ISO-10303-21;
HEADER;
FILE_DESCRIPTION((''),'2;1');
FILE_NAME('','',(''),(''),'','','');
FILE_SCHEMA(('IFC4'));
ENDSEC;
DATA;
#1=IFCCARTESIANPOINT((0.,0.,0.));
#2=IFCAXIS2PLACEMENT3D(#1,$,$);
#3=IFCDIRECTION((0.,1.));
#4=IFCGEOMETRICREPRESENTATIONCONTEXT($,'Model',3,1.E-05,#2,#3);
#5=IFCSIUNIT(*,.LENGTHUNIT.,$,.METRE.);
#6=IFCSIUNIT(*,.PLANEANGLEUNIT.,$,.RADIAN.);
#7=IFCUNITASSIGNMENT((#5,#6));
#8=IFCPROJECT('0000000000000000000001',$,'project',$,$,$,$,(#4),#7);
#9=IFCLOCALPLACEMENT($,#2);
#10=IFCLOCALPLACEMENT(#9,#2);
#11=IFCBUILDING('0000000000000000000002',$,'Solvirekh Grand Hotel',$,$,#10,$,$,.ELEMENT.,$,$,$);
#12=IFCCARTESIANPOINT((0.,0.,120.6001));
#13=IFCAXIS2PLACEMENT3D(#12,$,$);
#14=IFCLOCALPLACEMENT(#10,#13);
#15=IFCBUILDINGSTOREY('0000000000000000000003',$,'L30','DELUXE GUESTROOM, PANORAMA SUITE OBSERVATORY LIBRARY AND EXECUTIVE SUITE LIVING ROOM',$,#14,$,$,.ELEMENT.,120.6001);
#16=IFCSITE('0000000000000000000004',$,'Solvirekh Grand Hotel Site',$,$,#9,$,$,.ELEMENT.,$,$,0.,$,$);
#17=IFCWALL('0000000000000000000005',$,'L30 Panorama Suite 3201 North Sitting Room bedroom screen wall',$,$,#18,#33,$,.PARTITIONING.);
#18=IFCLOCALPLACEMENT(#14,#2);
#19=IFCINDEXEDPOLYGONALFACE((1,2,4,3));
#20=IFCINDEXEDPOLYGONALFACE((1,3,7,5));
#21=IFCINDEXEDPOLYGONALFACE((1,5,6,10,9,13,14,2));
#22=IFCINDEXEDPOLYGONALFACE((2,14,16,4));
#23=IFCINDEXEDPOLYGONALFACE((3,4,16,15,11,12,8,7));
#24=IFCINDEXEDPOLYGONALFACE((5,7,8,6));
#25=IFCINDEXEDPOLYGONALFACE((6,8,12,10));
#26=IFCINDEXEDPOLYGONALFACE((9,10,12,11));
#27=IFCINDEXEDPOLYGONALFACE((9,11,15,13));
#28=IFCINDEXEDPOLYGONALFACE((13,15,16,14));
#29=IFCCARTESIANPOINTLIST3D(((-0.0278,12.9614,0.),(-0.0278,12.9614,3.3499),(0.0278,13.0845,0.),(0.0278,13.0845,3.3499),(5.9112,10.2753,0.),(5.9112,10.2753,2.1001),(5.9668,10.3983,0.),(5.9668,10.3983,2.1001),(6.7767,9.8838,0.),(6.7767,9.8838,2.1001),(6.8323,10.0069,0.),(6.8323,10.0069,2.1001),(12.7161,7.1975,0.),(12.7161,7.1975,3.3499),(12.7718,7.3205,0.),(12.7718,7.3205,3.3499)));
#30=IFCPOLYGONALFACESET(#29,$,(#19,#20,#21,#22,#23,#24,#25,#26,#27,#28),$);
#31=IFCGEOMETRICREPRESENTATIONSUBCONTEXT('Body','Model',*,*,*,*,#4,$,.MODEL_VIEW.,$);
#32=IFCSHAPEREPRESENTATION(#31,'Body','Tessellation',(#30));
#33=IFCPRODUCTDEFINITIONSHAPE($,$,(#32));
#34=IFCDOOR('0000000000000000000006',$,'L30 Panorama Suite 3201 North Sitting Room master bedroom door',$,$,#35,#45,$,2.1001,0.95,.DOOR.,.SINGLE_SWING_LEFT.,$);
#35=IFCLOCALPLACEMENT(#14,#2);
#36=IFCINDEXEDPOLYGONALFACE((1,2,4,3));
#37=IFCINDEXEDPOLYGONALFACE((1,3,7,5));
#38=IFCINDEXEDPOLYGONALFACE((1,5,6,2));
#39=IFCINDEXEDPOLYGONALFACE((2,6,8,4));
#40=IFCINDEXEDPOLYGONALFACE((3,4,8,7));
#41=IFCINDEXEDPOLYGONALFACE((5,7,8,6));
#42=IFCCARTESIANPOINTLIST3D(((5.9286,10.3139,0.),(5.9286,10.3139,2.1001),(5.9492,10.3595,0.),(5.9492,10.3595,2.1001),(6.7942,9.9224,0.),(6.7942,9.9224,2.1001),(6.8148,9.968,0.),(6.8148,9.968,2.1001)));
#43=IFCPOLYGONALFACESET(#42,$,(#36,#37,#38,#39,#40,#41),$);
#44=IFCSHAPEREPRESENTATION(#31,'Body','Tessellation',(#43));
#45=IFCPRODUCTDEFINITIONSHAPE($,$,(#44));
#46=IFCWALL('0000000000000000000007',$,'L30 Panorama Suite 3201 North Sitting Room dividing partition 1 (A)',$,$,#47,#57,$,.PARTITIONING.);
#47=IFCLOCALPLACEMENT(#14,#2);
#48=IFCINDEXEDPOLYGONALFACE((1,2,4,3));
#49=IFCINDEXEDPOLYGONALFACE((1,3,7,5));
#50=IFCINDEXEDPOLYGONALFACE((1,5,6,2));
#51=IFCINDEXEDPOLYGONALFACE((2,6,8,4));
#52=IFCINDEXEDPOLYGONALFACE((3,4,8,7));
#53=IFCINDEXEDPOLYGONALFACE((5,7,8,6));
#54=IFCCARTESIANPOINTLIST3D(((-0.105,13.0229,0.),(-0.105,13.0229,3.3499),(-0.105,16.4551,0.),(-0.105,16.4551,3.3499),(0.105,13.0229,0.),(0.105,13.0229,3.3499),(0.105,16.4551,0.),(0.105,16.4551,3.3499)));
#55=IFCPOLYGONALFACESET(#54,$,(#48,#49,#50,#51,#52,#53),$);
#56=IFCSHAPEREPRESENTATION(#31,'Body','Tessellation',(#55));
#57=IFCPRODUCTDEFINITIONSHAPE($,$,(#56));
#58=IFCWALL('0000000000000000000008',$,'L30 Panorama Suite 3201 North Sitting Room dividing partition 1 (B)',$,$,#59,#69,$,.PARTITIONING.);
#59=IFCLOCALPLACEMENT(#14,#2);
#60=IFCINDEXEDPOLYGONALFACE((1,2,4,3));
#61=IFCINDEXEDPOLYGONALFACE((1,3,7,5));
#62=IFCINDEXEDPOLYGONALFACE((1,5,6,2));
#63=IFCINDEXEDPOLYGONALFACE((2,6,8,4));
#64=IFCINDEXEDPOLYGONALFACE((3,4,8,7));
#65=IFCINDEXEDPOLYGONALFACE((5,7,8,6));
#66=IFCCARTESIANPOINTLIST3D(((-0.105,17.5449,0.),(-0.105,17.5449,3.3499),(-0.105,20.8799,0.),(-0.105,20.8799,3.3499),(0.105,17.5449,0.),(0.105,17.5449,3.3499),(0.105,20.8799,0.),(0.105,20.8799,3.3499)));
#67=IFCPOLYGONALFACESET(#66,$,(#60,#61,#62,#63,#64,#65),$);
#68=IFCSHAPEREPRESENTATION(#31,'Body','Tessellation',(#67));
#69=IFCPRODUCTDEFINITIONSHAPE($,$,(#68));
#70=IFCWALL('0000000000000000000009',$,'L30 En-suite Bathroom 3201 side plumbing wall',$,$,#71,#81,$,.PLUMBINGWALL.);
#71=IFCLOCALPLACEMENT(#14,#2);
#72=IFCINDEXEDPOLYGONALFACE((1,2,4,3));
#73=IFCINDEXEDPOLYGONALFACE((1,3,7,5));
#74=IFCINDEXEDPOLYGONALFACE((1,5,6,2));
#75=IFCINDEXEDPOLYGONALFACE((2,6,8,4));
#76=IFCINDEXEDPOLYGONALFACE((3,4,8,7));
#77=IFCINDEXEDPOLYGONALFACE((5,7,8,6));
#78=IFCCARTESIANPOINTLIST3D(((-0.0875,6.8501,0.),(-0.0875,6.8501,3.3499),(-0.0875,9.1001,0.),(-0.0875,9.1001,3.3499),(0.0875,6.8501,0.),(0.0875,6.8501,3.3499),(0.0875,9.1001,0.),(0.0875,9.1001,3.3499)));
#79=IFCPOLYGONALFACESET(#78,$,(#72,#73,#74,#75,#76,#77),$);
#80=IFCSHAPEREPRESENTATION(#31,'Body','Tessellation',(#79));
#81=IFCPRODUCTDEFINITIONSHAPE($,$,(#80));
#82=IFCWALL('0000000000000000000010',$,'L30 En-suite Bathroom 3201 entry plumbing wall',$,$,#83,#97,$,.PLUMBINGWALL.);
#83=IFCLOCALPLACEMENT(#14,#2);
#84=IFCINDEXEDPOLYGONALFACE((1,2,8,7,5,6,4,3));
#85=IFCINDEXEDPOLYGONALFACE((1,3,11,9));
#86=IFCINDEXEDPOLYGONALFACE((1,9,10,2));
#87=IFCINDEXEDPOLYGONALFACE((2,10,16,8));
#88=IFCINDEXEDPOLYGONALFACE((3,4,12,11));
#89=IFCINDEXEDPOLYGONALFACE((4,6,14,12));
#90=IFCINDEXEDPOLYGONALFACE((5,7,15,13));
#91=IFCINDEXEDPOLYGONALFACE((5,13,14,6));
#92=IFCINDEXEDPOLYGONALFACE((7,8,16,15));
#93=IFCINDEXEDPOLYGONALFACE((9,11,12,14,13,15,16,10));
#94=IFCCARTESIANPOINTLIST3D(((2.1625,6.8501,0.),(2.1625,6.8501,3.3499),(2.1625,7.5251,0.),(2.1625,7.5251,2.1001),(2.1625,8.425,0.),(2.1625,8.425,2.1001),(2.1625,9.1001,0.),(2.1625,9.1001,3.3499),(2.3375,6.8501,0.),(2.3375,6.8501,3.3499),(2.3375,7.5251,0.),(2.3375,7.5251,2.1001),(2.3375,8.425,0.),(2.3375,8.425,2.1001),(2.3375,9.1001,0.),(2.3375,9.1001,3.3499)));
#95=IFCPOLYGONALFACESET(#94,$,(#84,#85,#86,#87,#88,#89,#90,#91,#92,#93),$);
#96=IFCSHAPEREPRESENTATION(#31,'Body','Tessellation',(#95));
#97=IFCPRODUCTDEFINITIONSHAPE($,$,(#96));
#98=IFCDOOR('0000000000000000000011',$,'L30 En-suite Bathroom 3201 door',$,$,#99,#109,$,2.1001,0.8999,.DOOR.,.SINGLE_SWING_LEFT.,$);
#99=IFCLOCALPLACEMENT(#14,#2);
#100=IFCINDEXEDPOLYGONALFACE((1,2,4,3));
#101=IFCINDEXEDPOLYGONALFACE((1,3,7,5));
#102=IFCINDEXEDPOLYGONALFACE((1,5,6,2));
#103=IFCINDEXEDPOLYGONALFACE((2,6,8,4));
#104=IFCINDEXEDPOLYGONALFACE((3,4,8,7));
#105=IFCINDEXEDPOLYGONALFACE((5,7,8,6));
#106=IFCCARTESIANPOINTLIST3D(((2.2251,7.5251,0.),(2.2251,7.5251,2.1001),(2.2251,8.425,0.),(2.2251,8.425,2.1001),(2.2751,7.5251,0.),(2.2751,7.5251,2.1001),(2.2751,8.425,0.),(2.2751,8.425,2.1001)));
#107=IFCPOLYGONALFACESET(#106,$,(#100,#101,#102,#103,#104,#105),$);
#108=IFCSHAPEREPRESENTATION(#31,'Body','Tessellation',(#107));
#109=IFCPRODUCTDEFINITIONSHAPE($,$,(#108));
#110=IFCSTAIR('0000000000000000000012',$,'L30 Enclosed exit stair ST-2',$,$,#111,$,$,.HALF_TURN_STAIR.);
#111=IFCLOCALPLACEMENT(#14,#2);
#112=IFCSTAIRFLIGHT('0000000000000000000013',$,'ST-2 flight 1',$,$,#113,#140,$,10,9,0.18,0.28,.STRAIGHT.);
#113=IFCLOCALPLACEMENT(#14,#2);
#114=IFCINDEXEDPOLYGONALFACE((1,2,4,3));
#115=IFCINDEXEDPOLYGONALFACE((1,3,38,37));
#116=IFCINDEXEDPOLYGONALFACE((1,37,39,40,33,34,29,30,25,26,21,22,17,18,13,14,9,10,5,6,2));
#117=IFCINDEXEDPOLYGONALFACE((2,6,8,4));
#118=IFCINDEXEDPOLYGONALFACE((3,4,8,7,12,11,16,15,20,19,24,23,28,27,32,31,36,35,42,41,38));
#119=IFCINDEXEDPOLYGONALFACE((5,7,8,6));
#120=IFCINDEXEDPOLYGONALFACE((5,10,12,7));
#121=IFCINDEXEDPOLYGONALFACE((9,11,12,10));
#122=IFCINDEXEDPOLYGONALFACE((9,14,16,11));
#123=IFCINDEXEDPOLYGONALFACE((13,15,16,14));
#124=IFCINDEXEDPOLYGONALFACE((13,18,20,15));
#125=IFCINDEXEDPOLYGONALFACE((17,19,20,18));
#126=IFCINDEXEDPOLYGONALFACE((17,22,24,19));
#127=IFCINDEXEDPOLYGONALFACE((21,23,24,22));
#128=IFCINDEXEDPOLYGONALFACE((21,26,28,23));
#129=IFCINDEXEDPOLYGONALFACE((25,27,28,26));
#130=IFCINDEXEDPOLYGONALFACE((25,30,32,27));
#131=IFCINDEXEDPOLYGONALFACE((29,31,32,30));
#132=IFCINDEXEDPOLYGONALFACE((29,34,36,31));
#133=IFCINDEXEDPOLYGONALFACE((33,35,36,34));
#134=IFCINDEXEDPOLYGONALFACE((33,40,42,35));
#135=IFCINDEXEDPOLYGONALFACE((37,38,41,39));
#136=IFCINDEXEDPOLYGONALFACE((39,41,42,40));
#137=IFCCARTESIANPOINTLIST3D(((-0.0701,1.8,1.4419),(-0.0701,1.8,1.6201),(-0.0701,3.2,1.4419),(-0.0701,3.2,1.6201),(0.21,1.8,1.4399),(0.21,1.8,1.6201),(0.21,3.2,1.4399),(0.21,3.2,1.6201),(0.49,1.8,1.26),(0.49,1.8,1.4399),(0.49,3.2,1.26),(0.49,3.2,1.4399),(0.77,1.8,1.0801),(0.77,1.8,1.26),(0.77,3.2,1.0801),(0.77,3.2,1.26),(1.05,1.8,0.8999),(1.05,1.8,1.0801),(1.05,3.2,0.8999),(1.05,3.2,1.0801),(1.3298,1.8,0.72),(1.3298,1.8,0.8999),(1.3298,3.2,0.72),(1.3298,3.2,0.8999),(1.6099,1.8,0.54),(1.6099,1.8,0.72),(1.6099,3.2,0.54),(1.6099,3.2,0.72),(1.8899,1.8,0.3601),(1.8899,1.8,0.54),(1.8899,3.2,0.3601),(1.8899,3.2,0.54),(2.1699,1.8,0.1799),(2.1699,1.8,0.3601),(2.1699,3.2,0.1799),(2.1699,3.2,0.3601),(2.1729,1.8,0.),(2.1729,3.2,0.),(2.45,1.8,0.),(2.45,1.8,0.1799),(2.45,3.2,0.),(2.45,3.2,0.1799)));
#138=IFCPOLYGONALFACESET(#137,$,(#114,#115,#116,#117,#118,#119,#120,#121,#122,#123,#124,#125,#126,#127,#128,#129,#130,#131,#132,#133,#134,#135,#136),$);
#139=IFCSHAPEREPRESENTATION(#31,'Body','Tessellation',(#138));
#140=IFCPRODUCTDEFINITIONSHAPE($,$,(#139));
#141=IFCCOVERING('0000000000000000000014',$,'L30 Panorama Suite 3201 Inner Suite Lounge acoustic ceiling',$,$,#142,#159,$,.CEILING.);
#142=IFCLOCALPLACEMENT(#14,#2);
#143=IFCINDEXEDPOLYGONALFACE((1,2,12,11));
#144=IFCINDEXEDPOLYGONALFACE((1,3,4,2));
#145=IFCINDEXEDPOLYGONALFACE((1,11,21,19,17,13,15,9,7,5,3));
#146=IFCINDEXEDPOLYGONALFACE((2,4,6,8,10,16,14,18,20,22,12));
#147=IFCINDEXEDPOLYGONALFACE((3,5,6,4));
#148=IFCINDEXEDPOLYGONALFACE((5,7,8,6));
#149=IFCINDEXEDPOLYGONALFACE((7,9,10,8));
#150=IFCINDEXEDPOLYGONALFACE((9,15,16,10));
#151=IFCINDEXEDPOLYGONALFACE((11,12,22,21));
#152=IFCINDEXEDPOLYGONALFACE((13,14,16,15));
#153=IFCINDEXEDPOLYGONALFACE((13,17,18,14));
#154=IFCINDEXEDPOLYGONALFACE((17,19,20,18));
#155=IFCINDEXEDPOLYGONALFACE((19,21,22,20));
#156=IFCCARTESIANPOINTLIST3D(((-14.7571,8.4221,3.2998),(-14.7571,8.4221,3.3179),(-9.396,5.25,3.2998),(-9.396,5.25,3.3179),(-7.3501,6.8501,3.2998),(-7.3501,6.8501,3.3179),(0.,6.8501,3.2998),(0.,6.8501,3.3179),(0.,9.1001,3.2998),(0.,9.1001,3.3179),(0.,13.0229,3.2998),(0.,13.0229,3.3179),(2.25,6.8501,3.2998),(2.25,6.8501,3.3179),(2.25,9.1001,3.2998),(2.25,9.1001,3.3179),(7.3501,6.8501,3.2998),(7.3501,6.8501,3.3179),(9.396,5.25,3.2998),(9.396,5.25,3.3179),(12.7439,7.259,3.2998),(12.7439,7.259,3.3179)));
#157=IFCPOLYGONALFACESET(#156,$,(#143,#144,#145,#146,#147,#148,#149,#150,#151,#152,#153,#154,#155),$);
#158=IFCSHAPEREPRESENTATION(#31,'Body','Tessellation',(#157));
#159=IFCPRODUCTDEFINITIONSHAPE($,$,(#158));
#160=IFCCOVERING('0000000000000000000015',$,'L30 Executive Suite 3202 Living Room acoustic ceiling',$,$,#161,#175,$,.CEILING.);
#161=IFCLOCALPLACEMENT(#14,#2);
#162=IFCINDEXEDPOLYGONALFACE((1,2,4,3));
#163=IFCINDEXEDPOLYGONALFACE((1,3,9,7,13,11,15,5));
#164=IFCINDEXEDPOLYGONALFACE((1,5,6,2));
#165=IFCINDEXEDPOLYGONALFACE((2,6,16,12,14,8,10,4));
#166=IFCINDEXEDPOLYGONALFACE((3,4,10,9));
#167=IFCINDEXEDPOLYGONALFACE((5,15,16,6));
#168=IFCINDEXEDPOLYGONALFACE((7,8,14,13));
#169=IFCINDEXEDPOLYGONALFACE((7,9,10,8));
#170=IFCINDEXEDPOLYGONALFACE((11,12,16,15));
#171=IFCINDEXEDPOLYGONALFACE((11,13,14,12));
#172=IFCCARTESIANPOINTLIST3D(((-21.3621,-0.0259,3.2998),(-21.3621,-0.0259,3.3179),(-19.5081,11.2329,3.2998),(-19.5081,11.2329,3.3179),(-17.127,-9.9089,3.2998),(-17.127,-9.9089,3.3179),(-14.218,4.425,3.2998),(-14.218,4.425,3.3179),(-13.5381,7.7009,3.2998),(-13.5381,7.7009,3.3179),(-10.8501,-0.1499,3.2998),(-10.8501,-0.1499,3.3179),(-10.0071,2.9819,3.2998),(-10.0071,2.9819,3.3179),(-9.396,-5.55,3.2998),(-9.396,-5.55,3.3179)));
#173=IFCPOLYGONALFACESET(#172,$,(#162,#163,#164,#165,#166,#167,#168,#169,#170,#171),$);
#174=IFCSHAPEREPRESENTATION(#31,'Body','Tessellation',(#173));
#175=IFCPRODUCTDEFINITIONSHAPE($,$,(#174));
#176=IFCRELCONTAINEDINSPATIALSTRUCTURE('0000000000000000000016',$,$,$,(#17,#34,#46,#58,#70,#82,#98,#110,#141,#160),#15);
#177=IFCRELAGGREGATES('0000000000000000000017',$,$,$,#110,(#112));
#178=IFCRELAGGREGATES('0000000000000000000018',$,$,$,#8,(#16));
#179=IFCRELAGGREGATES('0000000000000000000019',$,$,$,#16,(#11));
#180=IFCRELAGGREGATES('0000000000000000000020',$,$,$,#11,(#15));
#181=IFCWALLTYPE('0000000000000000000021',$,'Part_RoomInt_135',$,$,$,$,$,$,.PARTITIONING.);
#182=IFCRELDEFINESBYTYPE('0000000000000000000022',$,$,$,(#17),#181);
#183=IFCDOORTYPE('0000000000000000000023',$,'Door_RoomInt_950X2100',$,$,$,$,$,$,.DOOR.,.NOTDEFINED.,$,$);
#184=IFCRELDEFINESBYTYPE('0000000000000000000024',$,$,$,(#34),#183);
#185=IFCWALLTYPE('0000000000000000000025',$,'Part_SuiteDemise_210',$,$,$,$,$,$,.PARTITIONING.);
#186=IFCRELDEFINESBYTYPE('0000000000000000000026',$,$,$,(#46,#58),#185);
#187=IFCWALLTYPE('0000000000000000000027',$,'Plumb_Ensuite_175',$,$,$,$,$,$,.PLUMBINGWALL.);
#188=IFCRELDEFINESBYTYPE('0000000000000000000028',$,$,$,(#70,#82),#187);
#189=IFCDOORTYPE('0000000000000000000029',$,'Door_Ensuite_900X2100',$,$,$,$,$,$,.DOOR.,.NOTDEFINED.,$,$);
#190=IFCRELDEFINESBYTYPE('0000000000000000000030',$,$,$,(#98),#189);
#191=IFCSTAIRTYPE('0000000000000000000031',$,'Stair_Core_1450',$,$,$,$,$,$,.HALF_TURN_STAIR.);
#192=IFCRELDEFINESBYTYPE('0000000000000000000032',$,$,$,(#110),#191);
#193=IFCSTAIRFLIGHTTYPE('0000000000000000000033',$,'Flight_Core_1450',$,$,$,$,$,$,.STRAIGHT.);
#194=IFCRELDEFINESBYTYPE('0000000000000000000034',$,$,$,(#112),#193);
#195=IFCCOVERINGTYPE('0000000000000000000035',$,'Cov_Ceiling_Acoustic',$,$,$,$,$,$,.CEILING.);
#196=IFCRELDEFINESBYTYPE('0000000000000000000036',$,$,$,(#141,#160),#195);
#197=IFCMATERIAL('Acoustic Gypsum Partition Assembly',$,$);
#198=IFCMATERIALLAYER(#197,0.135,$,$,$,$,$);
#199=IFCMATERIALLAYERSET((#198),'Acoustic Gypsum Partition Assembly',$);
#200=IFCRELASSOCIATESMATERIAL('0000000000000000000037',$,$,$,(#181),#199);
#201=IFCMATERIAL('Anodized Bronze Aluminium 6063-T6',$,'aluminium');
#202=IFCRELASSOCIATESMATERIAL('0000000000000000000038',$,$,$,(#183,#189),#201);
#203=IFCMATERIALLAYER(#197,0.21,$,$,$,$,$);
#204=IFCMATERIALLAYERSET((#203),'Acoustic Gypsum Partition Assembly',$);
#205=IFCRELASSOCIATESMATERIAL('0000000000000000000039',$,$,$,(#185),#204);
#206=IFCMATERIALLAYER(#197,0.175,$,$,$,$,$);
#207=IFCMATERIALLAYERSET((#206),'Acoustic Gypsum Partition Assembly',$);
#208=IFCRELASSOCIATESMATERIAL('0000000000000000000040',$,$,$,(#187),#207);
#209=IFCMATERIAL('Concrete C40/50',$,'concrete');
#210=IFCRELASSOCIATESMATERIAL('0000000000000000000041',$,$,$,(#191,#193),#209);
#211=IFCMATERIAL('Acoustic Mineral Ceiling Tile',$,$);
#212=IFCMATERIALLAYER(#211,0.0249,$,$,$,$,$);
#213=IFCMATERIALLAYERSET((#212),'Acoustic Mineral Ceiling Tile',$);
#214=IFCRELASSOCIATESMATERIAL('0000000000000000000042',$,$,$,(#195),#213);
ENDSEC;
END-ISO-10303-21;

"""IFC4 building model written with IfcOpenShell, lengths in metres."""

from ifc_helpers import new_model, si_unit, direction, frame, frame_2d, origin, place, context, subcontext, project, spatial, polyline, rectangle, outline, extrude, material, layer, layer_set, type_object, element, fill, aggregate, save


model = new_model("IFC4")

# Units and contexts
model_context = context("Model", 3, precision=1e-05, world=origin(), true_north=direction((0.0, 1.0)))
body_context = subcontext(model_context, "Body", "Model", "MODEL_VIEW")
ifc_project = project(units=[si_unit("LENGTHUNIT", "METRE"), si_unit("PLANEANGLEUNIT", "RADIAN")], contexts=[model_context])

# Site, building, storey
site_placement = place(None, origin())
site = spatial("IfcSite", under=ifc_project, at=site_placement, Name="Solvirekh Grand Hotel Site", CompositionType="ELEMENT", RefElevation=0.0)
building_placement = place(site_placement, origin())
building = spatial("IfcBuilding", under=site, at=building_placement, Name="Solvirekh Grand Hotel", CompositionType="ELEMENT")
storey_placement = place(building_placement, frame((0.0, 0.0, 120.6001)))
storey = spatial("IfcBuildingStorey", under=building, at=storey_placement, Name="L30", Description="DELUXE GUESTROOM, PANORAMA SUITE OBSERVATORY LIBRARY AND EXECUTIVE SUITE LIVING ROOM", CompositionType="ELEMENT", Elevation=120.6001)

# Shared definitions
ifc_material_1 = material(Name="Concrete C40/50", Category="concrete")

# Shared definitions
ifc_material_2 = material(Name="Acoustic Gypsum Partition Assembly")

# Wall, opening, door
ifc_layer_1 = layer(ifc_material_2, 0.135)
ifc_layer_set_1 = layer_set([ifc_layer_1], Name="Acoustic Gypsum Partition Assembly")
wall_type_1 = type_object("IfcWallType", Name="Part_RoomInt_135", PredefinedType="PARTITIONING", material=ifc_layer_set_1)
wall_1_placement = place(storey_placement, frame((0.0, 13.0229, 0.0), z_axis=(0.0, 0.0, 1.0), x_axis=(0.91114, -0.412098, 0.0)))
wall_1 = element("IfcWall", 1, at=wall_1_placement, inside=storey, type_object=wall_type_1, Name="L30 Panorama Suite 3201 North Sitting Room bedroom screen wall", PredefinedType="PARTITIONING", context=body_context, shape_type="SweptSolid", body=[
    extrude(rectangle(XDim=13.9868, YDim=0.135, at=frame_2d((6.9934, 0.0))), origin(), (0.0, 0.0, 1.0), 3.3499),
])
opening_1_placement = place(wall_1_placement, frame((6.5181, 0.0, 0.0)))
opening_1 = element("IfcOpeningElement", 2, at=opening_1_placement, cuts=wall_1, PredefinedType="OPENING", context=body_context, shape_type="SweptSolid", body=[
    extrude(rectangle(XDim=0.95, YDim=2.1001, at=frame_2d((0.4751, 1.05))), frame((0.0, 0.0776, 0.0), z_axis=(0.0, -1.0, 0.0), x_axis=(1.0, 0.0, 0.0)), (0.0, 0.0, 1.0), 0.155),
])
ifc_material_3 = material(Name="Anodized Bronze Aluminium 6063-T6", Category="aluminium")
door_type_1 = type_object("IfcDoorType", Name="Door_RoomInt_950X2100", OperationType="NOTDEFINED", PredefinedType="DOOR", material=ifc_material_3)
door_1_placement = place(opening_1_placement, origin())
door_1 = element("IfcDoor", 3, at=door_1_placement, inside=storey, type_object=door_type_1, Name="L30 Panorama Suite 3201 North Sitting Room master bedroom door", OperationType="SINGLE_SWING_LEFT", OverallHeight=2.1001, OverallWidth=0.95, PredefinedType="DOOR", context=body_context, shape_type="SweptSolid", body=[
    extrude(rectangle(XDim=0.95, YDim=2.1001, at=frame_2d((0.4751, 1.05))), frame((0.0, 0.0249, 0.0), z_axis=(0.0, -1.0, 0.0), x_axis=(1.0, 0.0, 0.0)), (0.0, 0.0, 1.0), 0.05),
])
fill(opening_1, door_1)

# Walls
ifc_layer_2 = layer(ifc_material_2, 0.21)
ifc_layer_set_2 = layer_set([ifc_layer_2], Name="Acoustic Gypsum Partition Assembly")
wall_type_2 = type_object("IfcWallType", Name="Part_SuiteDemise_210", PredefinedType="PARTITIONING", material=ifc_layer_set_2)
wall_2_placement = place(storey_placement, frame((0.0, 13.0229, 0.0), z_axis=(0.0, 0.0, 1.0), x_axis=(0.0, 1.0, 0.0)))
element("IfcWall", 4, at=wall_2_placement, inside=storey, type_object=wall_type_2, Name="L30 Panorama Suite 3201 North Sitting Room dividing partition 1 (A)", PredefinedType="PARTITIONING", context=body_context, shape_type="SweptSolid", body=[
    extrude(rectangle(XDim=3.4321, YDim=0.21, at=frame_2d((1.7161, 0.0))), origin(), (0.0, 0.0, 1.0), 3.3499),
])
wall_3_placement = place(storey_placement, frame((0.0, 17.5449, 0.0), z_axis=(0.0, 0.0, 1.0), x_axis=(0.0, 1.0, 0.0)))
element("IfcWall", 5, at=wall_3_placement, inside=storey, type_object=wall_type_2, Name="L30 Panorama Suite 3201 North Sitting Room dividing partition 1 (B)", PredefinedType="PARTITIONING", context=body_context, shape_type="SweptSolid", body=[
    extrude(rectangle(XDim=3.335, YDim=0.21, at=frame_2d((1.6675, 0.0))), origin(), (0.0, 0.0, 1.0), 3.3499),
])
ifc_layer_3 = layer(ifc_material_2, 0.175)
ifc_layer_set_3 = layer_set([ifc_layer_3], Name="Acoustic Gypsum Partition Assembly")
wall_type_3 = type_object("IfcWallType", Name="Plumb_Ensuite_175", PredefinedType="PLUMBINGWALL", material=ifc_layer_set_3)
wall_4_placement = place(storey_placement, frame((0.0, 9.1001, 0.0), z_axis=(0.0, 0.0, 1.0), x_axis=(0.0, -1.0, 0.0)))
element("IfcWall", 6, at=wall_4_placement, inside=storey, type_object=wall_type_3, Name="L30 En-suite Bathroom 3201 side plumbing wall", PredefinedType="PLUMBINGWALL", context=body_context, shape_type="SweptSolid", body=[
    extrude(rectangle(XDim=2.25, YDim=0.175, at=frame_2d((1.125, 0.0))), origin(), (0.0, 0.0, 1.0), 3.3499),
])

# Wall, opening, door
wall_5_placement = place(storey_placement, frame((2.25, 6.8501, 0.0), z_axis=(0.0, 0.0, 1.0), x_axis=(0.0, 1.0, 0.0)))
wall_5 = element("IfcWall", 7, at=wall_5_placement, inside=storey, type_object=wall_type_3, Name="L30 En-suite Bathroom 3201 entry plumbing wall", PredefinedType="PLUMBINGWALL", context=body_context, shape_type="SweptSolid", body=[
    extrude(rectangle(XDim=2.25, YDim=0.175, at=frame_2d((1.125, 0.0))), origin(), (0.0, 0.0, 1.0), 3.3499),
])
opening_2_placement = place(wall_5_placement, frame((0.675, 0.0, 0.0)))
opening_2 = element("IfcOpeningElement", 8, at=opening_2_placement, cuts=wall_5, PredefinedType="OPENING", context=body_context, shape_type="SweptSolid", body=[
    extrude(rectangle(XDim=0.8999, YDim=2.1001, at=frame_2d((0.45, 1.05))), frame((0.0, 0.0977, 0.0), z_axis=(0.0, -1.0, 0.0), x_axis=(1.0, 0.0, 0.0)), (0.0, 0.0, 1.0), 0.1951),
])
door_type_2 = type_object("IfcDoorType", Name="Door_Ensuite_900X2100", OperationType="NOTDEFINED", PredefinedType="DOOR", material=ifc_material_3)
door_2_placement = place(opening_2_placement, origin())
door_2 = element("IfcDoor", 9, at=door_2_placement, inside=storey, type_object=door_type_2, Name="L30 En-suite Bathroom 3201 door", OperationType="SINGLE_SWING_LEFT", OverallHeight=2.1001, OverallWidth=0.8999, PredefinedType="DOOR", context=body_context, shape_type="SweptSolid", body=[
    extrude(rectangle(XDim=0.8999, YDim=2.1001, at=frame_2d((0.45, 1.05))), frame((0.0, 0.0249, 0.0), z_axis=(0.0, -1.0, 0.0), x_axis=(1.0, 0.0, 0.0)), (0.0, 0.0, 1.0), 0.05),
])
fill(opening_2, door_2)

# Stair, stair flight
stair_type = type_object("IfcStairType", Name="Stair_Core_1450", PredefinedType="HALF_TURN_STAIR", material=ifc_material_1)
stair_placement = place(storey_placement, origin())
stair = element("IfcStair", 10, at=stair_placement, inside=storey, type_object=stair_type, Name="L30 Enclosed exit stair ST-2", PredefinedType="HALF_TURN_STAIR")
stair_flight_type = type_object("IfcStairFlightType", Name="Flight_Core_1450", PredefinedType="STRAIGHT", material=ifc_material_1)
stair_flight_placement = place(storey_placement, frame((2.45, 2.5, 0.0), z_axis=(0.0, 0.0, 1.0), x_axis=(-1.0, 0.0, 0.0)))
stair_flight = element("IfcStairFlight", 11, at=stair_flight_placement, type_object=stair_flight_type, Name="ST-2 flight 1", NumberOfRisers=10, NumberOfTreads=9, PredefinedType="STRAIGHT", RiserHeight=0.18, TreadLength=0.28, context=body_context, shape_type="SweptSolid", body=[
    extrude(outline(polyline([(0.0, 0.0), (0.0, 0.1799), (0.28, 0.1799), (0.28, 0.3601), (0.5601, 0.3601), (0.5601, 0.54), (0.8401, 0.54), (0.8401, 0.72), (1.1201, 0.72), (1.1201, 0.8999), (1.3999, 0.8999), (1.3999, 1.0801), (1.6799, 1.0801), (1.6799, 1.26), (1.96, 1.26), (1.96, 1.4399), (2.24, 1.4399), (2.24, 1.6201), (2.52, 1.6201), (2.52, 1.8), (2.52, 1.4419), (0.2771, 0.0), (0.0, 0.0)])), frame((0.0, 0.7, 0.0), z_axis=(0.0, -1.0, 0.0), x_axis=(1.0, 0.0, 0.0)), (0.0, 0.0, 1.0), 1.3999),
])
aggregate(stair, [stair_flight])

# Coverings
ifc_material_4 = material(Name="Acoustic Mineral Ceiling Tile")
ifc_layer_4 = layer(ifc_material_4, 0.0249)
ifc_layer_set_4 = layer_set([ifc_layer_4], Name="Acoustic Mineral Ceiling Tile")
covering_type_1 = type_object("IfcCoveringType", Name="Cov_Ceiling_Acoustic", PredefinedType="CEILING", material=ifc_layer_set_4)
covering_1_placement = place(storey_placement, frame((0.0, 0.0, 3.2998)))
element("IfcCovering", 12, at=covering_1_placement, inside=storey, type_object=covering_type_1, Name="L30 Panorama Suite 3201 Inner Suite Lounge acoustic ceiling", PredefinedType="CEILING", context=body_context, shape_type="SweptSolid", body=[
    extrude(outline(polyline([(0.0, 6.8501), (0.0, 9.1001), (2.25, 9.1001), (2.25, 6.8501), (7.3501, 6.8501), (9.396, 5.25), (12.7439, 7.259), (0.0, 13.0229), (-14.7571, 8.4221), (-9.396, 5.25), (-7.3501, 6.8501), (0.0, 6.8501)])), origin(), (0.0, 0.0, 1.0), 0.0181),
])
covering_2_placement = place(storey_placement, frame((0.0, 0.0, 3.2998)))
element("IfcCovering", 13, at=covering_2_placement, inside=storey, type_object=covering_type_1, Name="L30 Executive Suite 3202 Living Room acoustic ceiling", PredefinedType="CEILING", context=body_context, shape_type="SweptSolid", body=[
    extrude(outline(polyline([(-14.218, 4.425), (-13.5381, 7.7009), (-19.5081, 11.2329), (-21.3621, -0.0259), (-17.127, -9.9089), (-9.396, -5.55), (-10.8501, -0.1499), (-10.0071, 2.9819), (-14.218, 4.425)])), origin(), (0.0, 0.0, 1.0), 0.0181),
])

save(model, "model.ifc")
